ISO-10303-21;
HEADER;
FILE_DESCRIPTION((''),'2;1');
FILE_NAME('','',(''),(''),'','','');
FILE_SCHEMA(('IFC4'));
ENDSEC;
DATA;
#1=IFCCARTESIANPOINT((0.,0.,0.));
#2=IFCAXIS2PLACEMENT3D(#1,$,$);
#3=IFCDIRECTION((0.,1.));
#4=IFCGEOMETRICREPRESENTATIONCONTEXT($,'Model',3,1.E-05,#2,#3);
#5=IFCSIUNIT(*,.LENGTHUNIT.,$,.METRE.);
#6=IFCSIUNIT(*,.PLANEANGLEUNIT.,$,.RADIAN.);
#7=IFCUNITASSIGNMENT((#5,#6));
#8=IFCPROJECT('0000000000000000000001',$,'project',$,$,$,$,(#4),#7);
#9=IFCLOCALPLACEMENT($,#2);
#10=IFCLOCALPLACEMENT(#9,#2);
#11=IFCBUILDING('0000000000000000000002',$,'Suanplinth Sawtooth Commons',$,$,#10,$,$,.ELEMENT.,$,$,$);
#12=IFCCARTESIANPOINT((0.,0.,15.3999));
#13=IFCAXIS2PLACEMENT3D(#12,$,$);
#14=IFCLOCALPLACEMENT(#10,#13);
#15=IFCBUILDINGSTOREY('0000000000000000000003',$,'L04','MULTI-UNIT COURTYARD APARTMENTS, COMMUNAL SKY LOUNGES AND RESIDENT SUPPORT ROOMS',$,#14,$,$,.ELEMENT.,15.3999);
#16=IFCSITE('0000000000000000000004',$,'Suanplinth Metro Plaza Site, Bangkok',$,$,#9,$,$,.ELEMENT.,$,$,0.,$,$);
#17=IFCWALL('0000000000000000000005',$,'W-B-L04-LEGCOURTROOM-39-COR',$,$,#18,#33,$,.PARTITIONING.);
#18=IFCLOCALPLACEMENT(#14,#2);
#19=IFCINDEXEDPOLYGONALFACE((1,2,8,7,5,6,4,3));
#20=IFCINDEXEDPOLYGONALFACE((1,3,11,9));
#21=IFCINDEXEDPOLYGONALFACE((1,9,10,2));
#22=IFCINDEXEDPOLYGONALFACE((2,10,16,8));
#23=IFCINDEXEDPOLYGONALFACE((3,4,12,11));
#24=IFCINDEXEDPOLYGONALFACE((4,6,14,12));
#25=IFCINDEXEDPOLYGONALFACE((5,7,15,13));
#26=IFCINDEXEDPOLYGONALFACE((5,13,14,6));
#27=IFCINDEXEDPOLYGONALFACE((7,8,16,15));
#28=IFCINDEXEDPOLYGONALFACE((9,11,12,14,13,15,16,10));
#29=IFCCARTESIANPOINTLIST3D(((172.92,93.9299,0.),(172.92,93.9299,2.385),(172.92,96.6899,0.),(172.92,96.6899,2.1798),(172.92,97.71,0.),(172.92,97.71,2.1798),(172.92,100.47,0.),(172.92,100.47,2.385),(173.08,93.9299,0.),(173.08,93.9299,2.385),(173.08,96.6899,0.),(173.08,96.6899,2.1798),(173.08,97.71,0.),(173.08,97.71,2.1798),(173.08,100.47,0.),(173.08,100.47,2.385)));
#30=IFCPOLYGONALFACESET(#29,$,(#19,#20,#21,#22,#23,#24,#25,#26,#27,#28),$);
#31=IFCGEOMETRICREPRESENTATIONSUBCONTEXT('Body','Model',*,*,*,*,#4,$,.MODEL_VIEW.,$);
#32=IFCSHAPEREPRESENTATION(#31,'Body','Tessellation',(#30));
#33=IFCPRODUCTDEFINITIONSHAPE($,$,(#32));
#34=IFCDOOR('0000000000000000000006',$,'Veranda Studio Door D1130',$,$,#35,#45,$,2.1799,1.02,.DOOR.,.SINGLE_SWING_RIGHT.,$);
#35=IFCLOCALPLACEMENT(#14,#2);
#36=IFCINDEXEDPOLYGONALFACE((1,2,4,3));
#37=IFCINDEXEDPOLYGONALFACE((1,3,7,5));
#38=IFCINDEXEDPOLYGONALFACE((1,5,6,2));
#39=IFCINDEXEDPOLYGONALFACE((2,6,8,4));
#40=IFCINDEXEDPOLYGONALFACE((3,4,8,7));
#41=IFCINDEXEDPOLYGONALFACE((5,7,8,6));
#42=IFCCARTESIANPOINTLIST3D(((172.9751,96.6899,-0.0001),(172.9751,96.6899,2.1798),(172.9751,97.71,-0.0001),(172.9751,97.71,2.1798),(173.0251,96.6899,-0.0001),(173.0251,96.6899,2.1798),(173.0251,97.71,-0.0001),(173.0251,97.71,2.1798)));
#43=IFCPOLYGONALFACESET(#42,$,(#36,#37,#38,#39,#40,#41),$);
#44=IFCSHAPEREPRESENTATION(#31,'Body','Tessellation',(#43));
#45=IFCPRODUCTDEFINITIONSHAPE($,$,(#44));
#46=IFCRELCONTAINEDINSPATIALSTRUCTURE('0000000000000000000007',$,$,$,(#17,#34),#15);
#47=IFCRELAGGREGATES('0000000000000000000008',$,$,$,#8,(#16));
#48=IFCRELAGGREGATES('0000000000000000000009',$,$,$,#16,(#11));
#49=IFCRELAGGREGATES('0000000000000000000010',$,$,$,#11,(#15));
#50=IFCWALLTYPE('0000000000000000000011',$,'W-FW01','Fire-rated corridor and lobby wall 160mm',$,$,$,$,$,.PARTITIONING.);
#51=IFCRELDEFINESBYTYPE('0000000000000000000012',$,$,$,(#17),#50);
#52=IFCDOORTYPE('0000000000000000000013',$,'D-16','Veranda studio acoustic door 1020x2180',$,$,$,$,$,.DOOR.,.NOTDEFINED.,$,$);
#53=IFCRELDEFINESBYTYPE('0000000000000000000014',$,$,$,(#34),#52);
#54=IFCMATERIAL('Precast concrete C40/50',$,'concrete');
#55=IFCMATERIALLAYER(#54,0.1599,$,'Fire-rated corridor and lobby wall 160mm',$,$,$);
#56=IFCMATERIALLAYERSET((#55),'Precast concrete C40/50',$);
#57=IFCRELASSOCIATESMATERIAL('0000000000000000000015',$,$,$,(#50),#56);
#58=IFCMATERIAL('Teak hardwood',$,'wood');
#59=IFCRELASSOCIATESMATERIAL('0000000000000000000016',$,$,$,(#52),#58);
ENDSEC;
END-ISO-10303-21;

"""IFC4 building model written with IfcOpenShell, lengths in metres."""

from ifc_helpers import new_model, si_unit, direction, frame, frame_2d, origin, place, context, subcontext, project, spatial, rectangle, extrude, material, layer, layer_set, type_object, element, fill, save


model = new_model("IFC4")

# Units and contexts
model_context = context("Model", 3, precision=1e-05, world=origin(), true_north=direction((0.0, 1.0)))
body_context = subcontext(model_context, "Body", "Model", "MODEL_VIEW")
ifc_project = project(units=[si_unit("LENGTHUNIT", "METRE"), si_unit("PLANEANGLEUNIT", "RADIAN")], contexts=[model_context])

# Site, building, storey
site_placement = place(None, origin())
site = spatial("IfcSite", under=ifc_project, at=site_placement, Name="Suanplinth Metro Plaza Site, Bangkok", CompositionType="ELEMENT", RefElevation=0.0)
building_placement = place(site_placement, origin())
building = spatial("IfcBuilding", under=site, at=building_placement, Name="Suanplinth Sawtooth Commons", CompositionType="ELEMENT")
storey_placement = place(building_placement, frame((0.0, 0.0, 15.3999)))
storey = spatial("IfcBuildingStorey", under=building, at=storey_placement, Name="L04", Description="MULTI-UNIT COURTYARD APARTMENTS, COMMUNAL SKY LOUNGES AND RESIDENT SUPPORT ROOMS", CompositionType="ELEMENT", Elevation=15.3999)

# Shared definitions
ifc_material_1 = material(Name="Precast concrete C40/50", Category="concrete")

# Wall, opening, door
ifc_layer_1 = layer(ifc_material_1, 0.1599, Name="Fire-rated corridor and lobby wall 160mm")
ifc_layer_set_1 = layer_set([ifc_layer_1], Name="Precast concrete C40/50")
wall_type_1 = type_object("IfcWallType", Name="W-FW01", Description="Fire-rated corridor and lobby wall 160mm", PredefinedType="PARTITIONING", material=ifc_layer_set_1)
ifc_material_2 = material(Name="Teak hardwood", Category="wood")
door_type_1 = type_object("IfcDoorType", Name="D-16", Description="Veranda studio acoustic door 1020x2180", OperationType="NOTDEFINED", PredefinedType="DOOR", material=ifc_material_2)
wall_1_placement = place(storey_placement, frame((173.0, 93.9299, 0.0), z_axis=(0.0, 0.0, 1.0), x_axis=(0.0, 1.0, 0.0)))
wall_1 = element("IfcWall", 1, at=wall_1_placement, inside=storey, type_object=wall_type_1, Name="W-B-L04-LEGCOURTROOM-39-COR", PredefinedType="PARTITIONING", context=body_context, shape_type="SweptSolid", body=[
    extrude(rectangle(XDim=6.54, YDim=0.1599, at=frame_2d((3.27, 0.0))), origin(), (0.0, 0.0, 1.0), 2.385),
])
opening_1_placement = place(wall_1_placement, frame((2.76, 0.0, 0.0)))
opening_1 = element("IfcOpeningElement", 2, at=opening_1_placement, cuts=wall_1, PredefinedType="OPENING", context=body_context, shape_type="SweptSolid", body=[
    extrude(rectangle(XDim=1.02, YDim=2.1799, at=frame_2d((0.51, 1.0898))), frame((0.0, 0.0947, 0.0), z_axis=(0.0, -1.0, 0.0), x_axis=(1.0, 0.0, 0.0)), (0.0, 0.0, 1.0), 0.1897),
])
door_1_placement = place(opening_1_placement, origin())
door_1 = element("IfcDoor", 3, at=door_1_placement, inside=storey, type_object=door_type_1, Name="Veranda Studio Door D1130", OperationType="SINGLE_SWING_RIGHT", OverallHeight=2.1799, OverallWidth=1.02, PredefinedType="DOOR", context=body_context, shape_type="SweptSolid", body=[
    extrude(rectangle(XDim=1.02, YDim=2.1799, at=frame_2d((0.51, 1.0898))), frame((0.0, 0.0249, 0.0), z_axis=(0.0, -1.0, 0.0), x_axis=(1.0, 0.0, 0.0)), (0.0, 0.0, 1.0), 0.05),
])
fill(opening_1, door_1)

save(model, "model.ifc")
